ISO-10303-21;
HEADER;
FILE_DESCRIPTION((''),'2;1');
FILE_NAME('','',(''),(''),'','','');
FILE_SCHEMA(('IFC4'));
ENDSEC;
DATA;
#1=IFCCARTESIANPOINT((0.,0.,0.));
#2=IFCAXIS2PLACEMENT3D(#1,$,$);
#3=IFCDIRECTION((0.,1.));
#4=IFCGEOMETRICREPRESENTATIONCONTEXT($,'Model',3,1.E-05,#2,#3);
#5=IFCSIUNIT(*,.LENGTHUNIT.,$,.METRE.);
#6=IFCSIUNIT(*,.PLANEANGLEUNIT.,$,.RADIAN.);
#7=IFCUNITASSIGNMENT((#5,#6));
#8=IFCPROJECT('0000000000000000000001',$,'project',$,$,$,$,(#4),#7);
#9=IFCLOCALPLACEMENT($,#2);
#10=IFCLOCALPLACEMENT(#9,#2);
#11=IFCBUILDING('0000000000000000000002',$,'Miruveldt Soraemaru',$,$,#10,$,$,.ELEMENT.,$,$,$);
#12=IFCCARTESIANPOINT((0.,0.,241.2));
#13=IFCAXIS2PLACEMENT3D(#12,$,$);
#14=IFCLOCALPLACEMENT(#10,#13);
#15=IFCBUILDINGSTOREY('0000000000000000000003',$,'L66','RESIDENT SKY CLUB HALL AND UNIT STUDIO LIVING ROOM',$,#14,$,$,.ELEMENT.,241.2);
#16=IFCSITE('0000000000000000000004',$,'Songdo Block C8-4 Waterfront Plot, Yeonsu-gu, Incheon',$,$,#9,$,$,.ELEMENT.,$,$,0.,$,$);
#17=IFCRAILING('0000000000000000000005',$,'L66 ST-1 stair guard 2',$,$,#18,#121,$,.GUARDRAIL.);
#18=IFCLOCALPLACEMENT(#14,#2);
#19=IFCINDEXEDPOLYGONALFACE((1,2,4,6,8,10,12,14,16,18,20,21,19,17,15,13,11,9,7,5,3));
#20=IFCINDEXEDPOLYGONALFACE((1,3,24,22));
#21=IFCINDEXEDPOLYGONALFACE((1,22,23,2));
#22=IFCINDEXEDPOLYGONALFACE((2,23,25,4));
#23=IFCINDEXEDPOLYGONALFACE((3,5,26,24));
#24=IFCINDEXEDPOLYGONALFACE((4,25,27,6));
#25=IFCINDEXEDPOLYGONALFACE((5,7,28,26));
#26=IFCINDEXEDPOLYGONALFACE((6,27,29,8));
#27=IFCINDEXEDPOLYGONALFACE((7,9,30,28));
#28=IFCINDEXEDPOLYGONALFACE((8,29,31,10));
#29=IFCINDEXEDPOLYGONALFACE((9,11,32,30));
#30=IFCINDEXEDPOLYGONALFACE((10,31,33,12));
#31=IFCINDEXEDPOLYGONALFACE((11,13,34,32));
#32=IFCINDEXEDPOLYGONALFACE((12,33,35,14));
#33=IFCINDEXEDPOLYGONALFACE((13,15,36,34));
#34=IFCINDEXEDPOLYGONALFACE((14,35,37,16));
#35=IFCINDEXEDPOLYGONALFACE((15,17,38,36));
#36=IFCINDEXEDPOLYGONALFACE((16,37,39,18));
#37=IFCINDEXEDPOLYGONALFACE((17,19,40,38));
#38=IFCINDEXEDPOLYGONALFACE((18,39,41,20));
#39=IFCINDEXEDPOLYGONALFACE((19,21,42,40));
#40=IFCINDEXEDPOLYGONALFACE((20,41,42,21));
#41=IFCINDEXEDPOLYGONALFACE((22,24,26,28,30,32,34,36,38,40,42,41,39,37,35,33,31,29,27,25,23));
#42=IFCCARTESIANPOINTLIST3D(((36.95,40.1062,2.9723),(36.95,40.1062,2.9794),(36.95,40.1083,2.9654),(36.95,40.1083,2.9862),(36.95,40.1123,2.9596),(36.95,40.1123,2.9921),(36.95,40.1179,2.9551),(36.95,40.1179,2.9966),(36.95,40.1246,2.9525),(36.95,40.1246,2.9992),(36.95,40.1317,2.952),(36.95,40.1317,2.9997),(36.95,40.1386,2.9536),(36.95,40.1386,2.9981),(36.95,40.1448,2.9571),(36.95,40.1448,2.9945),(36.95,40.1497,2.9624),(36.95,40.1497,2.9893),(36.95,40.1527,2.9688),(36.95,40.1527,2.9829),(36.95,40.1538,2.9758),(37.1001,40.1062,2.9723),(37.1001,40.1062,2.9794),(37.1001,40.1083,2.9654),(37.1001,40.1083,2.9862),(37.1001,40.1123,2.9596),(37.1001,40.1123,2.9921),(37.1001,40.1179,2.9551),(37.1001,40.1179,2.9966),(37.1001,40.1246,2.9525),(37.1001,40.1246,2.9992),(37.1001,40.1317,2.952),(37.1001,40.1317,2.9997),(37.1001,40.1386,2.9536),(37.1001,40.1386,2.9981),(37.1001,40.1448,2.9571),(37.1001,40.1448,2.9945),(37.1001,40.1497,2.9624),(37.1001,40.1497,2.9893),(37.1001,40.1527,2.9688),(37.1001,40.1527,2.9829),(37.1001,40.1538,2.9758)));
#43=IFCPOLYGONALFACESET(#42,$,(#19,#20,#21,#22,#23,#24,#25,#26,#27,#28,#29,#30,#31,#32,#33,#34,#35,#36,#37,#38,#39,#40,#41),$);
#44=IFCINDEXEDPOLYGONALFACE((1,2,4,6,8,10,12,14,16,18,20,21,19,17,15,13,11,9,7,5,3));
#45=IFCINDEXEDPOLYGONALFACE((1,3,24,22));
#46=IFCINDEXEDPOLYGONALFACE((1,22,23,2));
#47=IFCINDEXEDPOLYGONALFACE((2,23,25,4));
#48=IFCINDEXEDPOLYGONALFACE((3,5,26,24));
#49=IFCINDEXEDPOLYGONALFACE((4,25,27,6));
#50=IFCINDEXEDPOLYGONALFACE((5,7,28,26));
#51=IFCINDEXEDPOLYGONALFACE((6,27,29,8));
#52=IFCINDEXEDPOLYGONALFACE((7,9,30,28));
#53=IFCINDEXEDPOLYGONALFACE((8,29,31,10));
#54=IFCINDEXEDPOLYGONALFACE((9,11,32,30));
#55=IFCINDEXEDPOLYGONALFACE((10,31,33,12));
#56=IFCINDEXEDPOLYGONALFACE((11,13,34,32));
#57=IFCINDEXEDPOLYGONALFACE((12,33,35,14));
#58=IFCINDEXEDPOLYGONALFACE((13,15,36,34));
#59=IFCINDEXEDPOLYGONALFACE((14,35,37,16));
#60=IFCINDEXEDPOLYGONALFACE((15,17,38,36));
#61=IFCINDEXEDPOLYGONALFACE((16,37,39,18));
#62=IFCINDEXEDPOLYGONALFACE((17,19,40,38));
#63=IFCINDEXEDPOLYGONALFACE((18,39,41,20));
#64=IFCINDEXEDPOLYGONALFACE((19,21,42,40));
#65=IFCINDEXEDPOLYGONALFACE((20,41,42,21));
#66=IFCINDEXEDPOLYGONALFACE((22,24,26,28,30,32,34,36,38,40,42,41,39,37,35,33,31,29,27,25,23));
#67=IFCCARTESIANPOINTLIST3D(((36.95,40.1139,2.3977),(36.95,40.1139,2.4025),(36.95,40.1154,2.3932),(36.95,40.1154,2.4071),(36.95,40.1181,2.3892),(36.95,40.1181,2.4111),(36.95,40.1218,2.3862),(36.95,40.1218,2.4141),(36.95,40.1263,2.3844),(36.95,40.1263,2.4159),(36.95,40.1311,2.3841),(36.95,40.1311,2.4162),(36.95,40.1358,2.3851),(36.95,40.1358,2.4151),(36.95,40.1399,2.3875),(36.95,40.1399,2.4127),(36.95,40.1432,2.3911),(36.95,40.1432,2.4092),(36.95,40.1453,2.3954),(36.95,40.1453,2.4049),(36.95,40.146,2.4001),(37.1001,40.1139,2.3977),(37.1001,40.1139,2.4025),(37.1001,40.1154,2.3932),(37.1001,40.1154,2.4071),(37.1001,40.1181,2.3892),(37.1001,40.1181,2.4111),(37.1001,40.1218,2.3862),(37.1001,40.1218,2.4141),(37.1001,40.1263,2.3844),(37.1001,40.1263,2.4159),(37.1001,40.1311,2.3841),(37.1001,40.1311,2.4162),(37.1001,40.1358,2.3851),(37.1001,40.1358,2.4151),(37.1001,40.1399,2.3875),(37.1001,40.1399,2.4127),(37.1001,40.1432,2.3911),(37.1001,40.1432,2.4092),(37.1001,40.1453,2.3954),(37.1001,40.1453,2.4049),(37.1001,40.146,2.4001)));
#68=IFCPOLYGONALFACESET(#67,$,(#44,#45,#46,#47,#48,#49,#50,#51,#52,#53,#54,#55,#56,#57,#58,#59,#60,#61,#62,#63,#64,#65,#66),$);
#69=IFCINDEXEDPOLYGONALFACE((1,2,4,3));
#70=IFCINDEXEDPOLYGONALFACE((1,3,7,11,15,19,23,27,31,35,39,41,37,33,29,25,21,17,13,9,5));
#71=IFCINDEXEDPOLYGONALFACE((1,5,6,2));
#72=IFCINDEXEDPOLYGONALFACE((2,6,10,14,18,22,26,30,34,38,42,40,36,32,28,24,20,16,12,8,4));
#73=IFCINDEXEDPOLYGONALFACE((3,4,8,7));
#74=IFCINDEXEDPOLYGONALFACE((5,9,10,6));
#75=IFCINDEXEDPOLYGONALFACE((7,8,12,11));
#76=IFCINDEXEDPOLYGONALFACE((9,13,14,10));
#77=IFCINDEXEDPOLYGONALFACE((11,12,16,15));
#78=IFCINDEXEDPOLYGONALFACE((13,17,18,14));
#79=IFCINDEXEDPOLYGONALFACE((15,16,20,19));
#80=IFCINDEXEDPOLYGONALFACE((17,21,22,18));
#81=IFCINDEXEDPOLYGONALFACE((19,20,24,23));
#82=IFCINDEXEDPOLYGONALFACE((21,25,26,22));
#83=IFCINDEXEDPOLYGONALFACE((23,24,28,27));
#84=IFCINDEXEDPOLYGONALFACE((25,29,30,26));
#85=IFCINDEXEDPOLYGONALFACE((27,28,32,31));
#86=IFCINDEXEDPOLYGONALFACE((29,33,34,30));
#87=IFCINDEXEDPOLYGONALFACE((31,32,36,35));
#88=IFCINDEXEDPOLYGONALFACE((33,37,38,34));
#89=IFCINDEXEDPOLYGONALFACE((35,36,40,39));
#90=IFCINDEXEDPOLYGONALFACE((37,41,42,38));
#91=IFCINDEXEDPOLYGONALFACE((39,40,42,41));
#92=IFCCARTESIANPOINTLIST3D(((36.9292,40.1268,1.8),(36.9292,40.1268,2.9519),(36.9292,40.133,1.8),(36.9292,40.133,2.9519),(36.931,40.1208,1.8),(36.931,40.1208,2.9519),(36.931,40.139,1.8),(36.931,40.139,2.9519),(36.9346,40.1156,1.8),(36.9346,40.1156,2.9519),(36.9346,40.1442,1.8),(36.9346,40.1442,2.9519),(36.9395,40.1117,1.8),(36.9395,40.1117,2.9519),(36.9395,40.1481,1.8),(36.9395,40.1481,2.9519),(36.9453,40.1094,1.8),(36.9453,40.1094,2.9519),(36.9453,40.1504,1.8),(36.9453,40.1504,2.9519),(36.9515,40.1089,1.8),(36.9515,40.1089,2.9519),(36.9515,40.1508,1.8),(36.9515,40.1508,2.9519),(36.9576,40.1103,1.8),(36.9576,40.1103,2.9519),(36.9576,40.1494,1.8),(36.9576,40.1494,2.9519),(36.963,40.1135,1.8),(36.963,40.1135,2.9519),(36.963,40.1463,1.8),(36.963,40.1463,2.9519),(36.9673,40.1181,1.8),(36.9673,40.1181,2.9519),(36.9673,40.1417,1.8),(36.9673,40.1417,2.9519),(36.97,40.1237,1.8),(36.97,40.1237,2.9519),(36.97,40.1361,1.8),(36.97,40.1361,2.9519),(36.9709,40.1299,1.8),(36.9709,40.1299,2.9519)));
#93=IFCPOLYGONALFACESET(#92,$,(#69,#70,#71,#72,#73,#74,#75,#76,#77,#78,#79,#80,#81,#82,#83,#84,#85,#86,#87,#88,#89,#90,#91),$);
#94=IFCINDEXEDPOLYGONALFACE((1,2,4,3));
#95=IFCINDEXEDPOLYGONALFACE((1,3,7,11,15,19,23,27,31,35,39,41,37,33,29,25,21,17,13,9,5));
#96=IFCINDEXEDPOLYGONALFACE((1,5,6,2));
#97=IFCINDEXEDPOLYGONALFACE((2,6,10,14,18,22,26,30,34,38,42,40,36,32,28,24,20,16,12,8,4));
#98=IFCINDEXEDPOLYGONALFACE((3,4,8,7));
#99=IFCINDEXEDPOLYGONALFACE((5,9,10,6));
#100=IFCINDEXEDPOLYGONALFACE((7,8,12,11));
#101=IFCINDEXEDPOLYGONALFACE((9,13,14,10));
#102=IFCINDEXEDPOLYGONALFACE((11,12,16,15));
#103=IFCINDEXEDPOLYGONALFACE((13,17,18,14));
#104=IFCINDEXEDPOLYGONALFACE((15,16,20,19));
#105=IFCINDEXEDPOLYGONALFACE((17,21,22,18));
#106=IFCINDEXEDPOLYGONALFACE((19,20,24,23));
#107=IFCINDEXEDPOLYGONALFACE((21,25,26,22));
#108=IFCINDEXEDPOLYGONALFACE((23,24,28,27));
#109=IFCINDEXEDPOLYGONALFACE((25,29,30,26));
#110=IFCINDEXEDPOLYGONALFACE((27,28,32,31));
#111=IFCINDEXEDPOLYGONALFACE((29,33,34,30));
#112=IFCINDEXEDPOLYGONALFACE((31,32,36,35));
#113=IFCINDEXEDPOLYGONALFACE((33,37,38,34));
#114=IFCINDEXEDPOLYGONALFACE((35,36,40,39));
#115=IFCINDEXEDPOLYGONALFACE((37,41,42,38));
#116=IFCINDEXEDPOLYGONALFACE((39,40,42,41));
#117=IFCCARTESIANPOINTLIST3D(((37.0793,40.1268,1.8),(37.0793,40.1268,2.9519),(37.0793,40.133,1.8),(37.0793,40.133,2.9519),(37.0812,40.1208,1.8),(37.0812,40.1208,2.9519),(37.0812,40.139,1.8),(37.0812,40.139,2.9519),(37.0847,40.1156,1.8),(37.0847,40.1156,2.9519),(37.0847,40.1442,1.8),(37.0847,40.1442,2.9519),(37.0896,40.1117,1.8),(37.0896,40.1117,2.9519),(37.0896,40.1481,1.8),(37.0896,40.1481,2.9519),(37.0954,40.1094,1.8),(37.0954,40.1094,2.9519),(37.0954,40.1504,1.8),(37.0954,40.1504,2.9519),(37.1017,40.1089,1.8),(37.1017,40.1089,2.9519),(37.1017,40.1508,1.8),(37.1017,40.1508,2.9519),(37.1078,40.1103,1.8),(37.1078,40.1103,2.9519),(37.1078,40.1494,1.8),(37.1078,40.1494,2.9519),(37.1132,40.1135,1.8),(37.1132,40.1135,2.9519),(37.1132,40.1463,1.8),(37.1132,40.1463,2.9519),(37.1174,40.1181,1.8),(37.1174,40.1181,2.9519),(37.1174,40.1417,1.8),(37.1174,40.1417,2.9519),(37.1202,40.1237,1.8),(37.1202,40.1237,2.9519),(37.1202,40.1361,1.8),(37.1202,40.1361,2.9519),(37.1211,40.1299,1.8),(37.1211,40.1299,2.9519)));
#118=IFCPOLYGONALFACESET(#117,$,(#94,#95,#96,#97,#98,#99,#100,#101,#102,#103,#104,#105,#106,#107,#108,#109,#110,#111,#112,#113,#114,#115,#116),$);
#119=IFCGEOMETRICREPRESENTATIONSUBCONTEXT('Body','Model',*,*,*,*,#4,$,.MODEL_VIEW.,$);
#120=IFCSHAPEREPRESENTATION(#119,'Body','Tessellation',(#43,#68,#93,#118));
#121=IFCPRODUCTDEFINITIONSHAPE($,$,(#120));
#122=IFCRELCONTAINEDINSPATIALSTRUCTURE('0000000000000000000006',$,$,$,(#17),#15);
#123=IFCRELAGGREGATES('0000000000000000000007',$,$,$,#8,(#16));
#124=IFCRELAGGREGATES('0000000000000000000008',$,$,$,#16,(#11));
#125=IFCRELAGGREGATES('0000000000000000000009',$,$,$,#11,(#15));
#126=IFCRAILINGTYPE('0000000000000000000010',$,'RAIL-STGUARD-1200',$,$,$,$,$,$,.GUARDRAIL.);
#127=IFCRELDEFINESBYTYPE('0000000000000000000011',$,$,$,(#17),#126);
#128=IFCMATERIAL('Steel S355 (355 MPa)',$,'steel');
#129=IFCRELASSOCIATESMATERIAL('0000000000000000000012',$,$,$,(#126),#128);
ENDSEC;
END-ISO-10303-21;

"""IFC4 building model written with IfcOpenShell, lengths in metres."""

from ifc_helpers import new_model, si_unit, direction, frame, origin, origin_2d, place, context, subcontext, project, spatial, circle, extrude, material, type_object, element, save


model = new_model("IFC4")

# Units and contexts
model_context = context("Model", 3, precision=1e-05, world=origin(), true_north=direction((0.0, 1.0)))
body_context = subcontext(model_context, "Body", "Model", "MODEL_VIEW")
ifc_project = project(units=[si_unit("LENGTHUNIT", "METRE"), si_unit("PLANEANGLEUNIT", "RADIAN")], contexts=[model_context])

# Site, building, storey
site_placement = place(None, origin())
site = spatial("IfcSite", under=ifc_project, at=site_placement, Name="Songdo Block C8-4 Waterfront Plot, Yeonsu-gu, Incheon", CompositionType="ELEMENT", RefElevation=0.0)
building_placement = place(site_placement, origin())
building = spatial("IfcBuilding", under=site, at=building_placement, Name="Miruveldt Soraemaru", CompositionType="ELEMENT")
storey_placement = place(building_placement, frame((0.0, 0.0, 241.2)))
storey = spatial("IfcBuildingStorey", under=building, at=storey_placement, Name="L66", Description="RESIDENT SKY CLUB HALL AND UNIT STUDIO LIVING ROOM", CompositionType="ELEMENT", Elevation=241.2)

# Railing
ifc_material_1 = material(Name="Steel S355 (355 MPa)", Category="steel")
railing_type_1 = type_object("IfcRailingType", Name="RAIL-STGUARD-1200", PredefinedType="GUARDRAIL", material=ifc_material_1)
railing_1_placement = place(storey_placement, frame((36.95, 40.1299, 1.8)))
element("IfcRailing", 1, at=railing_1_placement, inside=storey, type_object=railing_type_1, Name="L66 ST-1 stair guard 2", PredefinedType="GUARDRAIL", context=body_context, shape_type="SweptSolid", body=[
    extrude(circle(Radius=0.0239, at=origin_2d()), frame((0.0, 0.0, 1.1758), z_axis=(1.0, 0.0, 0.0), x_axis=(0.0, 1.0, 0.0)), (0.0, 0.0, 1.0), 0.1501),
    extrude(circle(Radius=0.0161, at=origin_2d()), frame((0.0, 0.0, 0.6001), z_axis=(1.0, 0.0, 0.0), x_axis=(0.0, 1.0, 0.0)), (0.0, 0.0, 1.0), 0.1501),
    extrude(circle(Radius=0.021, at=origin_2d()), origin(), (0.0, 0.0, 1.0), 1.1519),
    extrude(circle(Radius=0.021, at=origin_2d()), frame((0.1501, 0.0, 0.0)), (0.0, 0.0, 1.0), 1.1519),
])

save(model, "model.ifc")
